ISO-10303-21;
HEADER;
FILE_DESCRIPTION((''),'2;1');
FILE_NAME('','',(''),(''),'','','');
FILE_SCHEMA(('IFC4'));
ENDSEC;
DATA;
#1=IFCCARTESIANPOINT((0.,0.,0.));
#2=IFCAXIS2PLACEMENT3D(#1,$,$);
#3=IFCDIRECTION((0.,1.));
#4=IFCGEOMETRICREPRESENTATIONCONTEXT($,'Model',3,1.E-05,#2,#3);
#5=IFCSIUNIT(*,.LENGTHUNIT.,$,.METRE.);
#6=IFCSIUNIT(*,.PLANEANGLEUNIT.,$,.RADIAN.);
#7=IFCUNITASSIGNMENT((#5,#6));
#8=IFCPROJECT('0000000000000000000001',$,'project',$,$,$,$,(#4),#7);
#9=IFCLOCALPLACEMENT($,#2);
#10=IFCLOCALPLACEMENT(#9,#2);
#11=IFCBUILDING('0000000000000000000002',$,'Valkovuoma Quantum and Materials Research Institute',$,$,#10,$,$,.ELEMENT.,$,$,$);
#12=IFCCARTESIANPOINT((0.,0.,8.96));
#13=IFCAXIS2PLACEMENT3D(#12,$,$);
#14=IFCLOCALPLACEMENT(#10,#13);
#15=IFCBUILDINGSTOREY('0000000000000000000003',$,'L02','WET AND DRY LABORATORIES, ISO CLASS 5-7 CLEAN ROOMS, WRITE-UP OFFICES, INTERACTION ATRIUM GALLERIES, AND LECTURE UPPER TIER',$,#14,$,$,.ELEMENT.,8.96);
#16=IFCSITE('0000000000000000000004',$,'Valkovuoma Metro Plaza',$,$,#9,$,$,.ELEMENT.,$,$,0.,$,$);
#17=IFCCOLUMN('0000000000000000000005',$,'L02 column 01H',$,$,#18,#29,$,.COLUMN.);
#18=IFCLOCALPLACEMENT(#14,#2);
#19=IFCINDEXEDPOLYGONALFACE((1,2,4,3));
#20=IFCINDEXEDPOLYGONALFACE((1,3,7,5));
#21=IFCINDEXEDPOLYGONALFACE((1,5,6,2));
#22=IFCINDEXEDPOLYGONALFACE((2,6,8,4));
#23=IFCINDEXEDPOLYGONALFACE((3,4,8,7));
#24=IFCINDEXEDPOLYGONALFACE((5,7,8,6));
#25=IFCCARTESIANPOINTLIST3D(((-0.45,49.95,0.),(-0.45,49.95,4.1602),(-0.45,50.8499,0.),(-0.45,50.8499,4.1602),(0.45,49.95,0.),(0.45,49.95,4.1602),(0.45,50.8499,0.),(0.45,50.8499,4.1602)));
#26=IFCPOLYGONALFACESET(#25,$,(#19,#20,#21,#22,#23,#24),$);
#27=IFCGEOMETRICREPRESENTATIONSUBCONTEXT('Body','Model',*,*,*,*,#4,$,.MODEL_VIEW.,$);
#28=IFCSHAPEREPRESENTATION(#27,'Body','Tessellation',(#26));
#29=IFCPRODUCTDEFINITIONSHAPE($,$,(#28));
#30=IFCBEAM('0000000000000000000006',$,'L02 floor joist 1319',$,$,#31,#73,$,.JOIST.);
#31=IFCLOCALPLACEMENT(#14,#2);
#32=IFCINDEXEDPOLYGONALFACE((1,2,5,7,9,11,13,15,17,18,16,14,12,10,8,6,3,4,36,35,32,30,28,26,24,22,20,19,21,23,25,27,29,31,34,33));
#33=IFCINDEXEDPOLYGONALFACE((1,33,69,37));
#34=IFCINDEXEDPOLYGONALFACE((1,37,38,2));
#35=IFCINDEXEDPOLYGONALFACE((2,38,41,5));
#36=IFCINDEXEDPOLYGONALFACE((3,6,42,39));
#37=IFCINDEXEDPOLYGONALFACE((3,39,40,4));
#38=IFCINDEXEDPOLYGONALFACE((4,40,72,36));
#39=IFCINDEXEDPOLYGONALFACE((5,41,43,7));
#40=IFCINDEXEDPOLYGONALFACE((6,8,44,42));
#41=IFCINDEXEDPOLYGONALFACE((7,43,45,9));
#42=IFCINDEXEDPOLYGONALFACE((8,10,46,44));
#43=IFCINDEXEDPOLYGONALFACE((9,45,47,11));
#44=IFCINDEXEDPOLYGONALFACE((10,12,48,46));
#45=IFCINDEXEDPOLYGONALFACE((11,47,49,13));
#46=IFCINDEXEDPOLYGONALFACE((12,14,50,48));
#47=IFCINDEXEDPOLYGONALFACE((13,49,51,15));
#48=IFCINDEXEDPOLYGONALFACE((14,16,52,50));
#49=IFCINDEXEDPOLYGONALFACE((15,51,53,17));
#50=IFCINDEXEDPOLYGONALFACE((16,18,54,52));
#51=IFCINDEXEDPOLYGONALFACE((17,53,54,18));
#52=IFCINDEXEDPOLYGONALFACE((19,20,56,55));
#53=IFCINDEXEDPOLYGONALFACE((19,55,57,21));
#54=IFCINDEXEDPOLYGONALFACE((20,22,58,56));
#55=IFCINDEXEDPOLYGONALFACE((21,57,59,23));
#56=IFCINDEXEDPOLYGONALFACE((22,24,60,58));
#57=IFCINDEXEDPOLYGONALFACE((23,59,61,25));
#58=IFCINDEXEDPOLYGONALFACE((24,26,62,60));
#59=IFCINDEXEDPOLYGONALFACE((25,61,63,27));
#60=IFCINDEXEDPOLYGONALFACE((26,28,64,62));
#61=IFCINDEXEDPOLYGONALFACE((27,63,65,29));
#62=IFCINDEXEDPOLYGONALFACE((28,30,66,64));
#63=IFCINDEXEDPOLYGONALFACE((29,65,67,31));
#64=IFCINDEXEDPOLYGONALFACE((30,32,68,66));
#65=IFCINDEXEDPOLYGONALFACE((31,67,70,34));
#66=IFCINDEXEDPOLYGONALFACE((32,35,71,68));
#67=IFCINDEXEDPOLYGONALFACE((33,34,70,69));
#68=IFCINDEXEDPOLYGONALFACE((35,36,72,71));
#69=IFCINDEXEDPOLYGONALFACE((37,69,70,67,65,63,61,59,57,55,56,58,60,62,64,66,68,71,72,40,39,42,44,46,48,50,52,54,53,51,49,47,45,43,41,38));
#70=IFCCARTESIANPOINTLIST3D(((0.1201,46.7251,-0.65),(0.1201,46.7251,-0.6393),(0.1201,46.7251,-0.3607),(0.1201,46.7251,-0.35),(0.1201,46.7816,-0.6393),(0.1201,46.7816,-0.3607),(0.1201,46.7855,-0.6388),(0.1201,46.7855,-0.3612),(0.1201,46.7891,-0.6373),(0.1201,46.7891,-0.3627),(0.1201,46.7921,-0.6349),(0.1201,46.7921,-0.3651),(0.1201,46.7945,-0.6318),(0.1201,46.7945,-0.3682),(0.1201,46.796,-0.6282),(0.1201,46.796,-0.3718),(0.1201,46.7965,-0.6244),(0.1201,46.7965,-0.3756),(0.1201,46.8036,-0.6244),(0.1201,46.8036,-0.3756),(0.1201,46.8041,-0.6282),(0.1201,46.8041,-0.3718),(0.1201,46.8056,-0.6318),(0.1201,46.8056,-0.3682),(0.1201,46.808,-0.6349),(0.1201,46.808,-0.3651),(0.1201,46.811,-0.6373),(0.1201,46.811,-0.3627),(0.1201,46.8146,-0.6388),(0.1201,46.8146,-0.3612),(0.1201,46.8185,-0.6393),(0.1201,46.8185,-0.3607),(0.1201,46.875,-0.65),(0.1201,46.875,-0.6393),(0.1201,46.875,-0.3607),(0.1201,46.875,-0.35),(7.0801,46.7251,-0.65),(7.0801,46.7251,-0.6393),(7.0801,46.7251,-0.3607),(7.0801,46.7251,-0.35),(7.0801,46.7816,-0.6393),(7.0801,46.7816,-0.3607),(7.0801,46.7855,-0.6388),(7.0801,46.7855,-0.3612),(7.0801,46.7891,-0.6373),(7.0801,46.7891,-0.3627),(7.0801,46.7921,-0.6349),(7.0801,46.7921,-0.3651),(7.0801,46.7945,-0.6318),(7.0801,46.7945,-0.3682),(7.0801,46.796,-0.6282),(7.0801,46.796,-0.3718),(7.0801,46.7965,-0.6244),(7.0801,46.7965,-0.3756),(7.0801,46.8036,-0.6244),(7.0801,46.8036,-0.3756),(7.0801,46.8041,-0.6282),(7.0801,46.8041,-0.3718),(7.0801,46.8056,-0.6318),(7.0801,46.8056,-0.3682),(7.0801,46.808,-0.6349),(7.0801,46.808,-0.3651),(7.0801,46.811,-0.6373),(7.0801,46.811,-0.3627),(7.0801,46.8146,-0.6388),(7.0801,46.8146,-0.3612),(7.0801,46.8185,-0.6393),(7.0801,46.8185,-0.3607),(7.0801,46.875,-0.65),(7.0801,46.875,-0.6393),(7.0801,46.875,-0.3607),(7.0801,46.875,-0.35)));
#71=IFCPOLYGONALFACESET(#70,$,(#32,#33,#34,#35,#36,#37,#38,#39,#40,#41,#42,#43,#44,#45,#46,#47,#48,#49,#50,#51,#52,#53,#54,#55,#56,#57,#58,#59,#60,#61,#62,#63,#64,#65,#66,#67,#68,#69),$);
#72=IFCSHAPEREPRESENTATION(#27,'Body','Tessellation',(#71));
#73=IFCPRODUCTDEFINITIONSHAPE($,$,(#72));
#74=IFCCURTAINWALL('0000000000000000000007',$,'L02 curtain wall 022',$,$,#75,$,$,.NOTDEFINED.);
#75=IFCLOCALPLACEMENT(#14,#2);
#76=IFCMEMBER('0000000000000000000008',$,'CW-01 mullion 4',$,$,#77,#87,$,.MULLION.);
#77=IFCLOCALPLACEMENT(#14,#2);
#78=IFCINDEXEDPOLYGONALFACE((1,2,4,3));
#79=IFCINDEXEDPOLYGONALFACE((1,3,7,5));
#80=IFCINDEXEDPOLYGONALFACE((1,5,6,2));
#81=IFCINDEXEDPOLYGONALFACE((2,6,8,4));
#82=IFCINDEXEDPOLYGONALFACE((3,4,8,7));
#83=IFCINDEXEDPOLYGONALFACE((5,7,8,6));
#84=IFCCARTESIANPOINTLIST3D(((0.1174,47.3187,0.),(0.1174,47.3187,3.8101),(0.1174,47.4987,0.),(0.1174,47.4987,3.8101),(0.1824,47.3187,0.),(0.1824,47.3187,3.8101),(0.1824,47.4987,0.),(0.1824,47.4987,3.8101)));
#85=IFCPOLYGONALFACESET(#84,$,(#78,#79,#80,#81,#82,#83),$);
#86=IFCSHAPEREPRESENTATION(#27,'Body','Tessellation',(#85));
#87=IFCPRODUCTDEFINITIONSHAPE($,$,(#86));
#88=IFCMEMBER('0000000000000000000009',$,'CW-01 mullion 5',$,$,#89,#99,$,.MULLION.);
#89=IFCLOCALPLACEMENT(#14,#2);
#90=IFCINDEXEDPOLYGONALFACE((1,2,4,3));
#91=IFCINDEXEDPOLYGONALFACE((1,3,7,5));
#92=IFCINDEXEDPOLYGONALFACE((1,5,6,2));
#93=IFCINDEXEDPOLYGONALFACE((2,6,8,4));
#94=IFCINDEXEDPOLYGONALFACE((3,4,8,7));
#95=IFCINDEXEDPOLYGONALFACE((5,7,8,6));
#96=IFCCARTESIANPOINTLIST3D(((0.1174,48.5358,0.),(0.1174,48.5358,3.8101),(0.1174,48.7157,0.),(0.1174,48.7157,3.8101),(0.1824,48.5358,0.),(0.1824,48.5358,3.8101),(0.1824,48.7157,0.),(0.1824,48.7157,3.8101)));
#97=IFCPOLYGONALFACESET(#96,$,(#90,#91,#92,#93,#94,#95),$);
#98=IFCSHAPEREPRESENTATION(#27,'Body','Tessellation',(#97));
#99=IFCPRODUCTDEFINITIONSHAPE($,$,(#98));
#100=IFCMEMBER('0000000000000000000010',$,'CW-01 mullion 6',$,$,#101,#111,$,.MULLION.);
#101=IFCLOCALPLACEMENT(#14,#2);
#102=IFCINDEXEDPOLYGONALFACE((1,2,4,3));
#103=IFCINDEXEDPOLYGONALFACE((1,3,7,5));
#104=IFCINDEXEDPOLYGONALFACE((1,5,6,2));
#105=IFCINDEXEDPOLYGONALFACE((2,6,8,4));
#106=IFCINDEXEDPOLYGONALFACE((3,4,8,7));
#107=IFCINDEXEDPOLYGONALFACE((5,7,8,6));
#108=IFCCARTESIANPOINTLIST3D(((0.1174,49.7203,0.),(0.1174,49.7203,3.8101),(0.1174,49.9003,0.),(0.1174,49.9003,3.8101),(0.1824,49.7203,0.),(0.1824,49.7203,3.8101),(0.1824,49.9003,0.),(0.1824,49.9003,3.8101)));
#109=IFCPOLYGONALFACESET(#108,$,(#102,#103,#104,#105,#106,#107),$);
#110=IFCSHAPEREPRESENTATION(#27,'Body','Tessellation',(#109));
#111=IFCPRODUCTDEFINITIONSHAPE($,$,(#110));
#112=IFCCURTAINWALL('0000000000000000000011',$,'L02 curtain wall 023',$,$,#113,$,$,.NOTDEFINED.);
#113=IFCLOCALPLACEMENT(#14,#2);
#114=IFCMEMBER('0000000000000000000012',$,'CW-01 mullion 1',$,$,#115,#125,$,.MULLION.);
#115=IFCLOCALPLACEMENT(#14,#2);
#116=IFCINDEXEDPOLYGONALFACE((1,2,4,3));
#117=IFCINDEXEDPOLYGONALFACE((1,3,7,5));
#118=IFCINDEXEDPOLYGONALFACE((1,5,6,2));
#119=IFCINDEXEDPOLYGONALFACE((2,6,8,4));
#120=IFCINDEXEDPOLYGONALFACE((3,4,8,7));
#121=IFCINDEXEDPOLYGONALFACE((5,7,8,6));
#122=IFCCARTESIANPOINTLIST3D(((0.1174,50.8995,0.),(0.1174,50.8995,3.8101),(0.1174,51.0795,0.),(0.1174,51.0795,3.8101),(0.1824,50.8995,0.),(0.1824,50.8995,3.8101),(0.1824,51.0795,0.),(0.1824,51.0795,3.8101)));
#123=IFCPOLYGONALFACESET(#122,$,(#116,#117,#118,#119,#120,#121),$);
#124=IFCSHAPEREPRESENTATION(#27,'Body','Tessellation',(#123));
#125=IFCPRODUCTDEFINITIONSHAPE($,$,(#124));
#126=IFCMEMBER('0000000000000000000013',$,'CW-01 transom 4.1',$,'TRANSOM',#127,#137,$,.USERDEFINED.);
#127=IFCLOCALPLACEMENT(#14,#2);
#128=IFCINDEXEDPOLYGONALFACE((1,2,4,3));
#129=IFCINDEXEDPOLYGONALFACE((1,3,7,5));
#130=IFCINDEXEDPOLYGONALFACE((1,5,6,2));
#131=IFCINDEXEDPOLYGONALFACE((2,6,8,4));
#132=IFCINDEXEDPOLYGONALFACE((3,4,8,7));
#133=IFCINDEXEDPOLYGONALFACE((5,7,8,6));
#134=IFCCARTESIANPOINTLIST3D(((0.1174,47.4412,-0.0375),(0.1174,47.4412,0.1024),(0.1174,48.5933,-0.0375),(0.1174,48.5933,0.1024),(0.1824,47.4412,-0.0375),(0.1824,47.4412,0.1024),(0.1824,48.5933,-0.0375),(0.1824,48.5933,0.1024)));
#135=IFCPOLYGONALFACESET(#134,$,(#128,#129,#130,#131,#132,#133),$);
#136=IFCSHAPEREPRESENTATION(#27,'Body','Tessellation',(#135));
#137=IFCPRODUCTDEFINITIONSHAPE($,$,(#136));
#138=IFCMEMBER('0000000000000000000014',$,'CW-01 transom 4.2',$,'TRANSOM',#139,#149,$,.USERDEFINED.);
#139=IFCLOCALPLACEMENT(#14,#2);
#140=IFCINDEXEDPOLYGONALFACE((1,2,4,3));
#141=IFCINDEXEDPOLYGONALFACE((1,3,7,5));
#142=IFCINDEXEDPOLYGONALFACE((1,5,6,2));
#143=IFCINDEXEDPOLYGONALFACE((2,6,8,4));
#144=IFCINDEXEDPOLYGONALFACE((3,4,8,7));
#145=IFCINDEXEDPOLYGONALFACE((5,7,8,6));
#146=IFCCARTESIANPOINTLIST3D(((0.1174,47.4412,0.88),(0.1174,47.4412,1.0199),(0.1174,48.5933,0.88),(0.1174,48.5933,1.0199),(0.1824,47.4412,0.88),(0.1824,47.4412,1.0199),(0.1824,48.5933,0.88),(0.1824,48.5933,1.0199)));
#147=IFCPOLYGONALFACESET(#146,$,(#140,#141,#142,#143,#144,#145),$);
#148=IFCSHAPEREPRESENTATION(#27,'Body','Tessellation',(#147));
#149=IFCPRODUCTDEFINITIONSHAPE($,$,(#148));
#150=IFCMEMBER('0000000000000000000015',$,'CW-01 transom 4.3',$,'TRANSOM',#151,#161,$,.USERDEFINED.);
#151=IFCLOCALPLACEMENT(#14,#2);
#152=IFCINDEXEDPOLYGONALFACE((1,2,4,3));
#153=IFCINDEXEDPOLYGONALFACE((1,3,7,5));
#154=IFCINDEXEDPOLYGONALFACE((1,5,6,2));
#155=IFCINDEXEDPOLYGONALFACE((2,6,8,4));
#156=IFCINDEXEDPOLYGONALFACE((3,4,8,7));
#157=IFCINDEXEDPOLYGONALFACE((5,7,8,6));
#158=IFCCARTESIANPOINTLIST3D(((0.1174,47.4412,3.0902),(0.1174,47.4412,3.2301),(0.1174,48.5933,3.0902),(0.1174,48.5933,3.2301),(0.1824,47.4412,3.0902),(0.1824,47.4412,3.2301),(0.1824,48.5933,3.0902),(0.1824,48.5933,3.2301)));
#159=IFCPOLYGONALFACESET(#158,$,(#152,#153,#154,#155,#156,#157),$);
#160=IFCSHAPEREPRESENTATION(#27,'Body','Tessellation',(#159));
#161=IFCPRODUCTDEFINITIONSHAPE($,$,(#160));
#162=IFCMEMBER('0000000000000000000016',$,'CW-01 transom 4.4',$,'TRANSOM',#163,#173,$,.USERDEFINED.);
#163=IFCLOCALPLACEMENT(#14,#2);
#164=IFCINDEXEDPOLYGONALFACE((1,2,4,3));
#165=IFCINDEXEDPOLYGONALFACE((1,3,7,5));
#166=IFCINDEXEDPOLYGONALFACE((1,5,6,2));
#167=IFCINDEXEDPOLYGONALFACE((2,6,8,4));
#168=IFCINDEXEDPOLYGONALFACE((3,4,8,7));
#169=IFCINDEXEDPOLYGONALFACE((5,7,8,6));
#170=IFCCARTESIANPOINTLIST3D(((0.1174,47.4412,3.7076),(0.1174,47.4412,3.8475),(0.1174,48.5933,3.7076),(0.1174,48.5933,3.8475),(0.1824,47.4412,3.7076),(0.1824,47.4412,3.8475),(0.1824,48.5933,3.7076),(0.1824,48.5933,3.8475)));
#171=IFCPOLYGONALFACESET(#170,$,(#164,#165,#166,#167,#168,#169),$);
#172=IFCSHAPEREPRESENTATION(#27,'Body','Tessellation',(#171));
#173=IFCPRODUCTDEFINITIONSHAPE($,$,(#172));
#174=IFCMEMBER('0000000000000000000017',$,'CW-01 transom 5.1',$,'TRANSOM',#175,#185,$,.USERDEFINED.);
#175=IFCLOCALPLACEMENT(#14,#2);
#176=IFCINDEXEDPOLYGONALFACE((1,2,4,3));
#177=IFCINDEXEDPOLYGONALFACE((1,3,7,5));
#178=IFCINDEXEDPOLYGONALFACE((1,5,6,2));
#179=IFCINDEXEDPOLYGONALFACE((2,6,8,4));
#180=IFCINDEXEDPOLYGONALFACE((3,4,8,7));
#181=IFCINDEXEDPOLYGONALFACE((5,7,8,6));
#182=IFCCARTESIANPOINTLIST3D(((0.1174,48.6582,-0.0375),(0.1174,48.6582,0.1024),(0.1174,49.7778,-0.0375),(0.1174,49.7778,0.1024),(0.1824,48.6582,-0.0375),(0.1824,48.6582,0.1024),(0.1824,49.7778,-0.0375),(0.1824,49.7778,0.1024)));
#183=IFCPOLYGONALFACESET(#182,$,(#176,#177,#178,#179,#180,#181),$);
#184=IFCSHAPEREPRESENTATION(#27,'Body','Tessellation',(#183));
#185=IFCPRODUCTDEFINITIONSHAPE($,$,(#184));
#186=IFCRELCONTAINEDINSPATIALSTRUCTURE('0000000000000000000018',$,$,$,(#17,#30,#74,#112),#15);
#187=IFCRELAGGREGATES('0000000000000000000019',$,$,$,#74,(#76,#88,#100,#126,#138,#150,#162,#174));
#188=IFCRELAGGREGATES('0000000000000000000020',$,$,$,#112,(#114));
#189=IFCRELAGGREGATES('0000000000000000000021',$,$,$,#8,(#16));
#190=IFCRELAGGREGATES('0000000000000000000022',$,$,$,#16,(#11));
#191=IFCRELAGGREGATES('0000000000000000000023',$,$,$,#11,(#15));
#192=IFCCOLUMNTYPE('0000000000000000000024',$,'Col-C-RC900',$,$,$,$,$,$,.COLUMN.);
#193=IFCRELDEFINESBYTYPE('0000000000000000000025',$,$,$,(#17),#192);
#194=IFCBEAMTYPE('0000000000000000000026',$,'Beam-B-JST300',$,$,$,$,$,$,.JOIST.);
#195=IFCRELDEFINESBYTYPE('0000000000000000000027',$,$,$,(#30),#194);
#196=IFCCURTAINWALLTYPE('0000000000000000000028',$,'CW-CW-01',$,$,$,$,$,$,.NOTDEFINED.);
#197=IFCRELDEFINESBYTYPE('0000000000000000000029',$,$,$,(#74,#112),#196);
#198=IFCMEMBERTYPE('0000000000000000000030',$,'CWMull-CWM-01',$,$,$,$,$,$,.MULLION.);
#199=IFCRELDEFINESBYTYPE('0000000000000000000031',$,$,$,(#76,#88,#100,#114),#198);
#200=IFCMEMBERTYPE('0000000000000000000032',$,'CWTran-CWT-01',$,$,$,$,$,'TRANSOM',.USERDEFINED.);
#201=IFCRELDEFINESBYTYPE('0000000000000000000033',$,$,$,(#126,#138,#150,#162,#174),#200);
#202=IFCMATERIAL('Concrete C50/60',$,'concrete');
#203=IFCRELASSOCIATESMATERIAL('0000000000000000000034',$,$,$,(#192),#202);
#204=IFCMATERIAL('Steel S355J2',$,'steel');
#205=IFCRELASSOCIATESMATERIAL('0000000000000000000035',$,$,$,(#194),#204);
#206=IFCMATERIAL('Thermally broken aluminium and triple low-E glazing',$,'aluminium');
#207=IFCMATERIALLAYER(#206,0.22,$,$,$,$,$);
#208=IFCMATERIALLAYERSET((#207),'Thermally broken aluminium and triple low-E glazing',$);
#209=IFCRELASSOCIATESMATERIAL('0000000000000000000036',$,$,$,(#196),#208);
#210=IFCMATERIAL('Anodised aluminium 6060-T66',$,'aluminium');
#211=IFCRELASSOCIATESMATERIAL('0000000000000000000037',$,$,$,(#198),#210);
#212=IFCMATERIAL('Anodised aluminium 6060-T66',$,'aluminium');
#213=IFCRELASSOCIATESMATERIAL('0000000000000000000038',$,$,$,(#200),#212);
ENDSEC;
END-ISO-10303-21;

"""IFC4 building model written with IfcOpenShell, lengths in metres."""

from ifc_helpers import new_model, si_unit, direction, frame, origin, origin_2d, place, context, subcontext, project, spatial, rectangle, i_section, extrude, material, layer, layer_set, material_profile, profile_set, type_object, element, aggregate, save


model = new_model("IFC4")

# Units and contexts
model_context = context("Model", 3, precision=1e-05, world=origin(), true_north=direction((0.0, 1.0)))
body_context = subcontext(model_context, "Body", "Model", "MODEL_VIEW")
ifc_project = project(units=[si_unit("LENGTHUNIT", "METRE"), si_unit("PLANEANGLEUNIT", "RADIAN")], contexts=[model_context])

# Site, building, storey
site_placement = place(None, origin())
site = spatial("IfcSite", under=ifc_project, at=site_placement, Name="Valkovuoma Metro Plaza", CompositionType="ELEMENT", RefElevation=0.0)
building_placement = place(site_placement, origin())
building = spatial("IfcBuilding", under=site, at=building_placement, Name="Valkovuoma Quantum and Materials Research Institute", CompositionType="ELEMENT")
storey_placement = place(building_placement, frame((0.0, 0.0, 8.96)))
storey = spatial("IfcBuildingStorey", under=building, at=storey_placement, Name="L02", Description="WET AND DRY LABORATORIES, ISO CLASS 5-7 CLEAN ROOMS, WRITE-UP OFFICES, INTERACTION ATRIUM GALLERIES, AND LECTURE UPPER TIER", CompositionType="ELEMENT", Elevation=8.96)

# Column
ifc_material_1 = material(Name="Concrete C50/60", Category="concrete")
ifc_material_profile_1 = material_profile(ifc_material_1, rectangle(XDim=0.8999, YDim=0.8999, at=origin_2d()), Name="Concrete C50/60")
ifc_profile_set_1 = profile_set([ifc_material_profile_1], Name="Concrete C50/60")
column_type = type_object("IfcColumnType", Name="Col-C-RC900", PredefinedType="COLUMN", material=ifc_profile_set_1)
column_placement = place(storey_placement, frame((0.0, 50.3999, 0.0), z_axis=(0.0, 0.0, 1.0), x_axis=(1.0, 0.0, 0.0)))
element("IfcColumn", 1, at=column_placement, inside=storey, type_object=column_type, Name="L02 column 01H", PredefinedType="COLUMN", context=body_context, shape_type="SweptSolid", body=[
    extrude(rectangle(XDim=0.8999, YDim=0.8999, at=origin_2d()), origin(), (0.0, 0.0, 1.0), 4.1602),
])

# Beam
ifc_material_2 = material(Name="Steel S355J2", Category="steel")
ifc_material_profile_2 = material_profile(ifc_material_2, i_section(OverallWidth=0.1499, OverallDepth=0.3, WebThickness=0.0071, FlangeThickness=0.0107, FilletRadius=0.0149, at=origin_2d()), Name="Steel S355J2")
ifc_profile_set_2 = profile_set([ifc_material_profile_2], Name="Steel S355J2")
beam_type = type_object("IfcBeamType", Name="Beam-B-JST300", PredefinedType="JOIST", material=ifc_profile_set_2)
beam_placement = place(storey_placement, frame((0.1201, 46.8, -0.5), z_axis=(1.0, 0.0, 0.0), x_axis=(0.0, 1.0, 0.0)))
element("IfcBeam", 2, at=beam_placement, inside=storey, type_object=beam_type, Name="L02 floor joist 1319", PredefinedType="JOIST", context=body_context, shape_type="SweptSolid", body=[
    extrude(i_section(OverallWidth=0.1499, OverallDepth=0.3, WebThickness=0.0071, FlangeThickness=0.0107, FilletRadius=0.0149, at=origin_2d()), origin(), (0.0, 0.0, 1.0), 6.96),
])

# Curtain wall, members
ifc_material_3 = material(Name="Thermally broken aluminium and triple low-E glazing", Category="aluminium")
ifc_layer_1 = layer(ifc_material_3, 0.22)
ifc_layer_set_1 = layer_set([ifc_layer_1], Name="Thermally broken aluminium and triple low-E glazing")
curtain_wall_type = type_object("IfcCurtainWallType", Name="CW-CW-01", PredefinedType="NOTDEFINED", material=ifc_layer_set_1)
curtain_wall_1_placement = place(storey_placement, origin())
curtain_wall_1 = element("IfcCurtainWall", 3, at=curtain_wall_1_placement, inside=storey, type_object=curtain_wall_type, Name="L02 curtain wall 022", PredefinedType="NOTDEFINED")
ifc_material_4 = material(Name="Anodised aluminium 6060-T66", Category="aluminium")
ifc_material_profile_3 = material_profile(ifc_material_4, rectangle(XDim=0.0649, YDim=0.1799, at=origin_2d()), Name="Anodised aluminium 6060-T66")
ifc_profile_set_3 = profile_set([ifc_material_profile_3], Name="Anodised aluminium 6060-T66")
member_type_1 = type_object("IfcMemberType", Name="CWMull-CWM-01", PredefinedType="MULLION", material=ifc_profile_set_3)
member_1_placement = place(storey_placement, frame((0.1499, 47.4087, 0.0), z_axis=(0.0, 0.0, 1.0), x_axis=(-1.0, 0.0, 0.0)))
member_1 = element("IfcMember", 4, at=member_1_placement, type_object=member_type_1, Name="CW-01 mullion 4", PredefinedType="MULLION", context=body_context, shape_type="SweptSolid", body=[
    extrude(rectangle(XDim=0.0649, YDim=0.1799, at=origin_2d()), origin(), (0.0, 0.0, 1.0), 3.8101),
])
member_2_placement = place(storey_placement, frame((0.1499, 48.6257, 0.0), z_axis=(0.0, 0.0, 1.0), x_axis=(-1.0, 0.0, 0.0)))
member_2 = element("IfcMember", 5, at=member_2_placement, type_object=member_type_1, Name="CW-01 mullion 5", PredefinedType="MULLION", context=body_context, shape_type="SweptSolid", body=[
    extrude(rectangle(XDim=0.0649, YDim=0.1799, at=origin_2d()), origin(), (0.0, 0.0, 1.0), 3.8101),
])
member_3_placement = place(storey_placement, frame((0.1499, 49.8103, 0.0), z_axis=(0.0, 0.0, 1.0), x_axis=(-1.0, 0.0, 0.0)))
member_3 = element("IfcMember", 6, at=member_3_placement, type_object=member_type_1, Name="CW-01 mullion 6", PredefinedType="MULLION", context=body_context, shape_type="SweptSolid", body=[
    extrude(rectangle(XDim=0.0649, YDim=0.1799, at=origin_2d()), origin(), (0.0, 0.0, 1.0), 3.8101),
])

# Curtain wall, member
curtain_wall_2_placement = place(storey_placement, origin())
curtain_wall_2 = element("IfcCurtainWall", 7, at=curtain_wall_2_placement, inside=storey, type_object=curtain_wall_type, Name="L02 curtain wall 023", PredefinedType="NOTDEFINED")
member_4_placement = place(storey_placement, frame((0.1499, 50.9895, 0.0), z_axis=(0.0, 0.0, 1.0), x_axis=(-1.0, 0.0, 0.0)))
member_4 = element("IfcMember", 8, at=member_4_placement, type_object=member_type_1, Name="CW-01 mullion 1", PredefinedType="MULLION", context=body_context, shape_type="SweptSolid", body=[
    extrude(rectangle(XDim=0.0649, YDim=0.1799, at=origin_2d()), origin(), (0.0, 0.0, 1.0), 3.8101),
])

# Members
ifc_material_5 = material(Name="Anodised aluminium 6060-T66", Category="aluminium")
ifc_material_profile_4 = material_profile(ifc_material_5, rectangle(XDim=0.0649, YDim=0.1399, at=origin_2d()), Name="Anodised aluminium 6060-T66")
ifc_profile_set_4 = profile_set([ifc_material_profile_4], Name="Anodised aluminium 6060-T66")
member_type_2 = type_object("IfcMemberType", Name="CWTran-CWT-01", ElementType="TRANSOM", PredefinedType="USERDEFINED", material=ifc_profile_set_4)
member_5_placement = place(storey_placement, frame((0.1499, 47.4412, 0.0325), z_axis=(0.0, 1.0, 0.0), x_axis=(-1.0, 0.0, 0.0)))
member_5 = element("IfcMember", 9, at=member_5_placement, type_object=member_type_2, Name="CW-01 transom 4.1", ObjectType="TRANSOM", PredefinedType="USERDEFINED", context=body_context, shape_type="SweptSolid", body=[
    extrude(rectangle(XDim=0.0649, YDim=0.1399, at=origin_2d()), origin(), (0.0, 0.0, 1.0), 1.1521),
])
member_6_placement = place(storey_placement, frame((0.1499, 47.4412, 0.95), z_axis=(0.0, 1.0, 0.0), x_axis=(-1.0, 0.0, 0.0)))
member_6 = element("IfcMember", 10, at=member_6_placement, type_object=member_type_2, Name="CW-01 transom 4.2", ObjectType="TRANSOM", PredefinedType="USERDEFINED", context=body_context, shape_type="SweptSolid", body=[
    extrude(rectangle(XDim=0.0649, YDim=0.1399, at=origin_2d()), origin(), (0.0, 0.0, 1.0), 1.1521),
])
member_7_placement = place(storey_placement, frame((0.1499, 47.4412, 3.1602), z_axis=(0.0, 1.0, 0.0), x_axis=(-1.0, 0.0, 0.0)))
member_7 = element("IfcMember", 11, at=member_7_placement, type_object=member_type_2, Name="CW-01 transom 4.3", ObjectType="TRANSOM", PredefinedType="USERDEFINED", context=body_context, shape_type="SweptSolid", body=[
    extrude(rectangle(XDim=0.0649, YDim=0.1399, at=origin_2d()), origin(), (0.0, 0.0, 1.0), 1.1521),
])
member_8_placement = place(storey_placement, frame((0.1499, 47.4412, 3.7776), z_axis=(0.0, 1.0, 0.0), x_axis=(-1.0, 0.0, 0.0)))
member_8 = element("IfcMember", 12, at=member_8_placement, type_object=member_type_2, Name="CW-01 transom 4.4", ObjectType="TRANSOM", PredefinedType="USERDEFINED", context=body_context, shape_type="SweptSolid", body=[
    extrude(rectangle(XDim=0.0649, YDim=0.1399, at=origin_2d()), origin(), (0.0, 0.0, 1.0), 1.1521),
])
member_9_placement = place(storey_placement, frame((0.1499, 48.6582, 0.0325), z_axis=(0.0, 1.0, 0.0), x_axis=(-1.0, 0.0, 0.0)))
member_9 = element("IfcMember", 13, at=member_9_placement, type_object=member_type_2, Name="CW-01 transom 5.1", ObjectType="TRANSOM", PredefinedType="USERDEFINED", context=body_context, shape_type="SweptSolid", body=[
    extrude(rectangle(XDim=0.0649, YDim=0.1399, at=origin_2d()), origin(), (0.0, 0.0, 1.0), 1.1196),
])

aggregate(curtain_wall_1, [member_1, member_2, member_3, member_5, member_6, member_7, member_8, member_9])
aggregate(curtain_wall_2, [member_4])

save(model, "model.ifc")
